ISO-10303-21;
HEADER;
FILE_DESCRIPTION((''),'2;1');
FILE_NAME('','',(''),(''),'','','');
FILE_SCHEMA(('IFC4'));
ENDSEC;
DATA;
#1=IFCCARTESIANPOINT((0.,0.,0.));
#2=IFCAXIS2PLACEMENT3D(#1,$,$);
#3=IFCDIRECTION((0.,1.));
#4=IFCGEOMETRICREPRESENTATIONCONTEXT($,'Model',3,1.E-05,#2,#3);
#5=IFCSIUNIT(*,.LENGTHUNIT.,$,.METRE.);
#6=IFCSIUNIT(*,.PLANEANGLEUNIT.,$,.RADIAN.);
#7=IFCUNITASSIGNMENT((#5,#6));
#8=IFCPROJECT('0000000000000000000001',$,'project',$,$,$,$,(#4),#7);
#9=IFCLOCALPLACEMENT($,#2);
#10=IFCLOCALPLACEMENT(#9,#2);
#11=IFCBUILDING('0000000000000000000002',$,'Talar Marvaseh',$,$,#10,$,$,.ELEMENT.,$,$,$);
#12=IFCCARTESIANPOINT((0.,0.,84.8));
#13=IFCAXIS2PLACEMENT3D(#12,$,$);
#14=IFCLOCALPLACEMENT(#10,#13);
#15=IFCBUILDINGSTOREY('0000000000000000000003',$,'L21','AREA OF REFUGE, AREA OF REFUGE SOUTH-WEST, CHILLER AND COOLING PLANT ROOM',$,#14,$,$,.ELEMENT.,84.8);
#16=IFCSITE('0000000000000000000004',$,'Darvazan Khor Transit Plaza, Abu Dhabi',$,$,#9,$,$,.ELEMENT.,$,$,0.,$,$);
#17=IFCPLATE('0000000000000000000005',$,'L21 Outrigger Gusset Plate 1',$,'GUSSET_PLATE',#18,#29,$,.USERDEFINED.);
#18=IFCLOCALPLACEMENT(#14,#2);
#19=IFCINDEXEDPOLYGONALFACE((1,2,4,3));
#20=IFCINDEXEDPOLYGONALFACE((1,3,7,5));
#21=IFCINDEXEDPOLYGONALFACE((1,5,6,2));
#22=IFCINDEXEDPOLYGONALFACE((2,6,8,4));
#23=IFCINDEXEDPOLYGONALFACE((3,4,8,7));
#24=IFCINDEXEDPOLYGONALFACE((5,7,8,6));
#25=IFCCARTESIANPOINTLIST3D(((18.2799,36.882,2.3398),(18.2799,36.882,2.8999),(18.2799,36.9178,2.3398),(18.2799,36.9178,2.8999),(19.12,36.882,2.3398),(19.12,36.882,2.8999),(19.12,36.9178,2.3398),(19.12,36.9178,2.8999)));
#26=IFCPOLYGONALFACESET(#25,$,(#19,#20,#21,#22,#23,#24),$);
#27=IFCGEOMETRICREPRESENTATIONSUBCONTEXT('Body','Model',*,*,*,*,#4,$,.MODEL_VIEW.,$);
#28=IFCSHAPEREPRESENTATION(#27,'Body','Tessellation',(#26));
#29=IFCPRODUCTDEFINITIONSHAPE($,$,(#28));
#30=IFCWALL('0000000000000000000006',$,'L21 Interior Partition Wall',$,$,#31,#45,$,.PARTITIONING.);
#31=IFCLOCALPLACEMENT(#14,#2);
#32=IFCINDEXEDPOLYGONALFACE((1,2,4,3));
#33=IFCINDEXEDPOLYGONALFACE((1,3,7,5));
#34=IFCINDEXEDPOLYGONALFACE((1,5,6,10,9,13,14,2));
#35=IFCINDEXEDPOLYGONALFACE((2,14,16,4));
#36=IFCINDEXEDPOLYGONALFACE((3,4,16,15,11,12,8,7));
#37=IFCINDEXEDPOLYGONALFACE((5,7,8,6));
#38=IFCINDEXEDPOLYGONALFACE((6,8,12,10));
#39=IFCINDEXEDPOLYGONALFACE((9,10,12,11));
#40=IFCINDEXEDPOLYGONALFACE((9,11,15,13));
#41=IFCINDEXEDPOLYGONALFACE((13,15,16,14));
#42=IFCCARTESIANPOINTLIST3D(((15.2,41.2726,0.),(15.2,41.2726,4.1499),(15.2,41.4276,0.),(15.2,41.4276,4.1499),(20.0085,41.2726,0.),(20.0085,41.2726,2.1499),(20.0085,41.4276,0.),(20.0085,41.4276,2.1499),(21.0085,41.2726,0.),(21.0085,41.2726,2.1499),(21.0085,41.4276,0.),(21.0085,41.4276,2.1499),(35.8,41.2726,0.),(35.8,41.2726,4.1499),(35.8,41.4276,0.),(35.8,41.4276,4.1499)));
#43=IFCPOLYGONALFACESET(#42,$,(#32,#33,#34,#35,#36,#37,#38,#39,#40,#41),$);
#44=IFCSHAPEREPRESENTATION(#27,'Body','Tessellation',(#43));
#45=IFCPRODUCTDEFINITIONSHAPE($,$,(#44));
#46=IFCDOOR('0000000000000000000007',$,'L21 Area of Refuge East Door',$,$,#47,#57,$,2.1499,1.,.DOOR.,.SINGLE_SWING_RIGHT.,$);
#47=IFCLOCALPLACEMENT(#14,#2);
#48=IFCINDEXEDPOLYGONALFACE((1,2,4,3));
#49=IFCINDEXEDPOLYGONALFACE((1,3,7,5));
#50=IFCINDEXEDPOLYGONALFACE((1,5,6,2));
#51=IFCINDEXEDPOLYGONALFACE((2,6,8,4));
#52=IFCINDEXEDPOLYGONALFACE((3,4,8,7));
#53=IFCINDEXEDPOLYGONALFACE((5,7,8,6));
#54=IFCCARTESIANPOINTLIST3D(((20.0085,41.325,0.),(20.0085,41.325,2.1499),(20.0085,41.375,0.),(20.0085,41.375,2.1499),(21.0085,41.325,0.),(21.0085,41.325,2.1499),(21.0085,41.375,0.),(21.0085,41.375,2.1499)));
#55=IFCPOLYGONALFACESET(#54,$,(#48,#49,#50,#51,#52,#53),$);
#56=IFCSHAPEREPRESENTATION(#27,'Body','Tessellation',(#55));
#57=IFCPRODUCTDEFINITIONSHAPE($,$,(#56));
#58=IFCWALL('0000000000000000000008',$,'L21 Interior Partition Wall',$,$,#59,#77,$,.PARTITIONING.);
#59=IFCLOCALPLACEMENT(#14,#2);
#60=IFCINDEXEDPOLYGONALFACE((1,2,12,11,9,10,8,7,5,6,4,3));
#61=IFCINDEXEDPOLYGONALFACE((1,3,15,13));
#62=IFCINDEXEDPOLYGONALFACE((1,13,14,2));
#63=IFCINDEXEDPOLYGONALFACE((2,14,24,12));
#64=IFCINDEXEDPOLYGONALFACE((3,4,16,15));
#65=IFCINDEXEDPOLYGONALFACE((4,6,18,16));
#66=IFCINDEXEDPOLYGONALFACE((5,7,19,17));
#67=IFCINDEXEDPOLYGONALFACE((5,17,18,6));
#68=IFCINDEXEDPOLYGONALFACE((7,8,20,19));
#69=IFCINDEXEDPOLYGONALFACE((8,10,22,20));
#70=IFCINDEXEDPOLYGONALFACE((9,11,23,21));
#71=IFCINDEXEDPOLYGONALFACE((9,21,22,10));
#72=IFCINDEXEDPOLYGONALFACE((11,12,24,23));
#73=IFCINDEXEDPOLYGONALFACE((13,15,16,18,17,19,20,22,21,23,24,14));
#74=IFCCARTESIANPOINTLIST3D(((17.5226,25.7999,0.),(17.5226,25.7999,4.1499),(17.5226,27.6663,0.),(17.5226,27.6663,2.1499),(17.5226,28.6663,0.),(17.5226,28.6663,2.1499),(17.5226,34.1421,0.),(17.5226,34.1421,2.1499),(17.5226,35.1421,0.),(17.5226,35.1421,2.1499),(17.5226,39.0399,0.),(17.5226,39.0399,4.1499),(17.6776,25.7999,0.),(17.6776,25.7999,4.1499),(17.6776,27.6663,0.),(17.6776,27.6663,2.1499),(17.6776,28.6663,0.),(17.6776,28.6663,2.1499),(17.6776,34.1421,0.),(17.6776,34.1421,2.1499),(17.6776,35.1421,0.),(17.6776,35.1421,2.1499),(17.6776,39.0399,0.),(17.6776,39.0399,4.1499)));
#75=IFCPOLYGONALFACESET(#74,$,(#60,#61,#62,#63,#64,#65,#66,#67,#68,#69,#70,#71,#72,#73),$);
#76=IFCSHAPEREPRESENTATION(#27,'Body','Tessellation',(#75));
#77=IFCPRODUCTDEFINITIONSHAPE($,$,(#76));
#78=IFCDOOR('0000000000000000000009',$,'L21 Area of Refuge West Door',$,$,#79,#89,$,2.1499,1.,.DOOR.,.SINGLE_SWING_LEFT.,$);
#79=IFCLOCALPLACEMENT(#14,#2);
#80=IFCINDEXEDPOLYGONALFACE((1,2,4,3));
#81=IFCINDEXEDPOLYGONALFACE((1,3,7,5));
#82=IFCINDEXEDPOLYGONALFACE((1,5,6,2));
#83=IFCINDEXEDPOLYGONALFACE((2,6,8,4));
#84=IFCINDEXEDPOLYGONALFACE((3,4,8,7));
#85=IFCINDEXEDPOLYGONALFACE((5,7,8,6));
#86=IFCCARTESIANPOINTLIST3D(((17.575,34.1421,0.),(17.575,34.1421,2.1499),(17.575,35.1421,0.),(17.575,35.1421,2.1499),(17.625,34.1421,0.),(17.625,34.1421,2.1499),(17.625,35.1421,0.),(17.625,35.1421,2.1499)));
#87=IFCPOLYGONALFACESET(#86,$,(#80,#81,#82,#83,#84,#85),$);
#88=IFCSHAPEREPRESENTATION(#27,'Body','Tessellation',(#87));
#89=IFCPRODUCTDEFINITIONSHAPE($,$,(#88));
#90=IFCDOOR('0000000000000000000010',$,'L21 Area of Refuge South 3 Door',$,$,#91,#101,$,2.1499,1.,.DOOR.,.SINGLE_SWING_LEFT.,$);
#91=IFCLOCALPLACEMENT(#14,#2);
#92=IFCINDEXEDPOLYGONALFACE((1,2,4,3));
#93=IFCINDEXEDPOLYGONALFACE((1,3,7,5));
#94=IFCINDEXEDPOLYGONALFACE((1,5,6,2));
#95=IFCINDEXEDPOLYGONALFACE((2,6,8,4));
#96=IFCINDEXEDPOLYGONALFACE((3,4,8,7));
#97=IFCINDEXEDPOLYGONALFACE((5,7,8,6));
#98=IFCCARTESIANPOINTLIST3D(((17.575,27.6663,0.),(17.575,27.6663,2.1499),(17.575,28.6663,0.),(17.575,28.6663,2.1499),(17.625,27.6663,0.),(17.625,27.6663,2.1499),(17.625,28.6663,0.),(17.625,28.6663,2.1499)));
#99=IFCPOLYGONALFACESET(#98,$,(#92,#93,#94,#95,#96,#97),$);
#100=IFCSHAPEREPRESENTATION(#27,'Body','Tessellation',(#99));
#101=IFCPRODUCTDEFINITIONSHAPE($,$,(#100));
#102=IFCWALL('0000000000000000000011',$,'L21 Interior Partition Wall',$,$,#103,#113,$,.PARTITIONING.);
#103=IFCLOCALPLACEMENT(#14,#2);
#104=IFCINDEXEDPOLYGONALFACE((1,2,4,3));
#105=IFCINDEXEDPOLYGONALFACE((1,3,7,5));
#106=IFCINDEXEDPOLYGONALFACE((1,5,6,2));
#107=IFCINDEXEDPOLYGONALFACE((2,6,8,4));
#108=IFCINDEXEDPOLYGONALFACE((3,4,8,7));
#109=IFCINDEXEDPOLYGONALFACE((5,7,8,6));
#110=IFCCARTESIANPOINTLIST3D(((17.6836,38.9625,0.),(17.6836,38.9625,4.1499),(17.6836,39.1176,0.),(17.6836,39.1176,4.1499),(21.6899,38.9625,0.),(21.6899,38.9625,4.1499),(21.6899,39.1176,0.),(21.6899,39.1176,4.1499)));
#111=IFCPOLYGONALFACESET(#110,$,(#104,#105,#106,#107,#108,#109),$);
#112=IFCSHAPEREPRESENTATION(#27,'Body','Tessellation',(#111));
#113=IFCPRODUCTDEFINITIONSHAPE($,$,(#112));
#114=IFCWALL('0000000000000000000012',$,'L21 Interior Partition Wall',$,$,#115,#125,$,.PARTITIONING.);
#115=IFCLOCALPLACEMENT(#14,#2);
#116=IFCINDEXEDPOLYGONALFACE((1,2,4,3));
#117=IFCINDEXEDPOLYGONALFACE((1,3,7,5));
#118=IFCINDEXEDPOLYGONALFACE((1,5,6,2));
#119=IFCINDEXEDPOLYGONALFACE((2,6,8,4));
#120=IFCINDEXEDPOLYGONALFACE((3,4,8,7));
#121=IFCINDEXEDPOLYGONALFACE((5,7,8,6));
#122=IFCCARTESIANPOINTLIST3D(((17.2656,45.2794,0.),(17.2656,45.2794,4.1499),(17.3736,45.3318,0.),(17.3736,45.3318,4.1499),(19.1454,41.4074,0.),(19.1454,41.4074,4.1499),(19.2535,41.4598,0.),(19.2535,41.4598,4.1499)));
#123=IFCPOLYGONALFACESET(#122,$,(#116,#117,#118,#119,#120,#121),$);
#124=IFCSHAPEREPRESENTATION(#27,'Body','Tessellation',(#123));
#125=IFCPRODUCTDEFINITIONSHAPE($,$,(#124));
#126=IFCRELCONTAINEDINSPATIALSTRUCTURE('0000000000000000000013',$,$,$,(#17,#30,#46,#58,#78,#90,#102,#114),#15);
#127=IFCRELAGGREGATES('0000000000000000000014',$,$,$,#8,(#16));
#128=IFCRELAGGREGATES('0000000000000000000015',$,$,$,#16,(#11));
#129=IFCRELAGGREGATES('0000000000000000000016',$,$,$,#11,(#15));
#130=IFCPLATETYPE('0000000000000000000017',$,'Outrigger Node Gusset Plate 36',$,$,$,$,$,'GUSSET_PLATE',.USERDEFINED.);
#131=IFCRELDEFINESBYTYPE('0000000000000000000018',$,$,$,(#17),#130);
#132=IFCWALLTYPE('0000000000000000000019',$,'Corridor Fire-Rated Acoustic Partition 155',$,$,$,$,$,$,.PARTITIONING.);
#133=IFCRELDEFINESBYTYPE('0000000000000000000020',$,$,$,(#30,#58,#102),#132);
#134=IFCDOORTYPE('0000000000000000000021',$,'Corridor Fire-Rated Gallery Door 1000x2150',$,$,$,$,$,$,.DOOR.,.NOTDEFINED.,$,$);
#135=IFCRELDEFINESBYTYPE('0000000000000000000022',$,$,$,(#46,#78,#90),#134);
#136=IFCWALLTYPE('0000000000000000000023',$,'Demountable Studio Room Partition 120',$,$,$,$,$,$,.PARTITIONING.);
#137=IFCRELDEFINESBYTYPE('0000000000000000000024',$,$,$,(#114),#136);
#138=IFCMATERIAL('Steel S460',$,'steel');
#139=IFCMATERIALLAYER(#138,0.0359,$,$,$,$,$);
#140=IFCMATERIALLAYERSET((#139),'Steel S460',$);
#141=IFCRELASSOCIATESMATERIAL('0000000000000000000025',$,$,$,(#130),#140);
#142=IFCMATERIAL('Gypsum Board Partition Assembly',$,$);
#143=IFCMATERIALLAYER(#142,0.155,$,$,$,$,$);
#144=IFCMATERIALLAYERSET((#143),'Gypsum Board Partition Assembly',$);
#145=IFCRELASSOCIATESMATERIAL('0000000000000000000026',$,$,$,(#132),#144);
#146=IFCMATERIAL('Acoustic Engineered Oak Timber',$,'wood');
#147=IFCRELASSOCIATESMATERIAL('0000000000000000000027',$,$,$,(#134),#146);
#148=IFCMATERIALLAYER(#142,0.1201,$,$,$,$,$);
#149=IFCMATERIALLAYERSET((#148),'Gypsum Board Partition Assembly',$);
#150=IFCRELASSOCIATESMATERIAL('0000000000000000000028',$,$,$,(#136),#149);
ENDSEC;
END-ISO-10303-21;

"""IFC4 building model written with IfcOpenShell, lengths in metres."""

from ifc_helpers import new_model, si_unit, direction, frame, frame_2d, origin, origin_2d, place, context, subcontext, project, spatial, rectangle, extrude, source, transform, mapped, material, layer, layer_set, type_object, type_shapes, element, fill, save


model = new_model("IFC4")

# Units and contexts
model_context = context("Model", 3, precision=1e-05, world=origin(), true_north=direction((0.0, 1.0)))
body_context = subcontext(model_context, "Body", "Model", "MODEL_VIEW")
ifc_project = project(units=[si_unit("LENGTHUNIT", "METRE"), si_unit("PLANEANGLEUNIT", "RADIAN")], contexts=[model_context])

# Site, building, storey
site_placement = place(None, origin())
site = spatial("IfcSite", under=ifc_project, at=site_placement, Name="Darvazan Khor Transit Plaza, Abu Dhabi", CompositionType="ELEMENT", RefElevation=0.0)
building_placement = place(site_placement, origin())
building = spatial("IfcBuilding", under=site, at=building_placement, Name="Talar Marvaseh", CompositionType="ELEMENT")
storey_placement = place(building_placement, frame((0.0, 0.0, 84.8)))
storey = spatial("IfcBuildingStorey", under=building, at=storey_placement, Name="L21", Description="AREA OF REFUGE, AREA OF REFUGE SOUTH-WEST, CHILLER AND COOLING PLANT ROOM", CompositionType="ELEMENT", Elevation=84.8)

# Shared definitions
ifc_material_1 = material(Name="Steel S460", Category="steel")

# Plate
ifc_layer_1 = layer(ifc_material_1, 0.0359)
ifc_layer_set_1 = layer_set([ifc_layer_1], Name="Steel S460")
plate_type_1 = type_object("IfcPlateType", Name="Outrigger Node Gusset Plate 36", ElementType="GUSSET_PLATE", PredefinedType="USERDEFINED", material=ifc_layer_set_1)
shared_shape_1 = source(origin(), body_context, "Body", "SweptSolid", [
    extrude(rectangle(XDim=0.8401, YDim=0.0359, at=origin_2d()), origin(), (0.0, 0.0, 1.0), 0.5601),
])
type_shapes(plate_type_1, [shared_shape_1])
plate_placement = place(storey_placement, frame((18.7, 36.8999, 2.3398), z_axis=(0.0, 0.0, 1.0), x_axis=(1.0, 0.0, 0.0)))
element("IfcPlate", 1, at=plate_placement, inside=storey, type_object=plate_type_1, Name="L21 Outrigger Gusset Plate 1", ObjectType="GUSSET_PLATE", PredefinedType="USERDEFINED", context=body_context, shape_type="MappedRepresentation", body=[
    mapped(shared_shape_1, transform((0.0, 0.0, 0.0), x_axis=(1.0, 0.0, 0.0), y_axis=(0.0, 1.0, 0.0), z_axis=(0.0, 0.0, 1.0), scale=1.0)),
])

# Wall, opening, door
ifc_material_2 = material(Name="Gypsum Board Partition Assembly")
ifc_layer_2 = layer(ifc_material_2, 0.155)
ifc_layer_set_2 = layer_set([ifc_layer_2], Name="Gypsum Board Partition Assembly")
wall_type_1 = type_object("IfcWallType", Name="Corridor Fire-Rated Acoustic Partition 155", PredefinedType="PARTITIONING", material=ifc_layer_set_2)
wall_1_placement = place(storey_placement, frame((15.2, 41.3501, 0.0), z_axis=(0.0, 0.0, 1.0), x_axis=(1.0, 0.0, 0.0)))
wall_1 = element("IfcWall", 2, at=wall_1_placement, inside=storey, type_object=wall_type_1, Name="L21 Interior Partition Wall", PredefinedType="PARTITIONING", context=body_context, shape_type="SweptSolid", body=[
    extrude(rectangle(XDim=20.6001, YDim=0.155, at=frame_2d((10.3, 0.0))), origin(), (0.0, 0.0, 1.0), 4.1499),
])
opening_1_placement = place(wall_1_placement, frame((4.8086, 0.0, 0.0)))
opening_1 = element("IfcOpeningElement", 3, at=opening_1_placement, cuts=wall_1, PredefinedType="OPENING", context=body_context, shape_type="SweptSolid", body=[
    extrude(rectangle(XDim=1.0, YDim=2.1499, at=frame_2d((0.5, 1.075))), frame((0.0, 0.0874, 0.0), z_axis=(0.0, -1.0, 0.0), x_axis=(1.0, 0.0, 0.0)), (0.0, 0.0, 1.0), 0.175),
])
ifc_material_3 = material(Name="Acoustic Engineered Oak Timber", Category="wood")
door_type_1 = type_object("IfcDoorType", Name="Corridor Fire-Rated Gallery Door 1000x2150", OperationType="NOTDEFINED", PredefinedType="DOOR", material=ifc_material_3)
shared_shape_2 = source(origin(), body_context, "Body", "SweptSolid", [
    extrude(rectangle(XDim=1.0, YDim=2.1499, at=frame_2d((0.5, 1.075))), frame((0.0, 0.0249, 0.0), z_axis=(0.0, -1.0, 0.0), x_axis=(1.0, 0.0, 0.0)), (0.0, 0.0, 1.0), 0.05),
])
type_shapes(door_type_1, [shared_shape_2])
door_1_placement = place(opening_1_placement, origin())
door_1 = element("IfcDoor", 4, at=door_1_placement, inside=storey, type_object=door_type_1, Name="L21 Area of Refuge East Door", OperationType="SINGLE_SWING_RIGHT", OverallHeight=2.1499, OverallWidth=1.0, PredefinedType="DOOR", context=body_context, shape_type="MappedRepresentation", body=[
    mapped(shared_shape_2, transform((0.0, 0.0, 0.0), x_axis=(1.0, 0.0, 0.0), y_axis=(0.0, 1.0, 0.0), z_axis=(0.0, 0.0, 1.0), scale=1.0)),
])
fill(opening_1, door_1)

# Wall, openings, doors
wall_2_placement = place(storey_placement, frame((17.6001, 39.04, 0.0), z_axis=(0.0, 0.0, 1.0), x_axis=(0.0, -1.0, 0.0)))
wall_2 = element("IfcWall", 5, at=wall_2_placement, inside=storey, type_object=wall_type_1, Name="L21 Interior Partition Wall", PredefinedType="PARTITIONING", context=body_context, shape_type="SweptSolid", body=[
    extrude(rectangle(XDim=13.24, YDim=0.155, at=frame_2d((6.6201, 0.0))), origin(), (0.0, 0.0, 1.0), 4.1499),
])
opening_2_placement = place(wall_2_placement, frame((3.8979, 0.0, 0.0)))
opening_2 = element("IfcOpeningElement", 6, at=opening_2_placement, cuts=wall_2, PredefinedType="OPENING", context=body_context, shape_type="SweptSolid", body=[
    extrude(rectangle(XDim=1.0, YDim=2.1499, at=frame_2d((0.5, 1.075))), frame((0.0, 0.0874, 0.0), z_axis=(0.0, -1.0, 0.0), x_axis=(1.0, 0.0, 0.0)), (0.0, 0.0, 1.0), 0.175),
])
opening_3_placement = place(wall_2_placement, frame((10.3738, 0.0, 0.0)))
opening_3 = element("IfcOpeningElement", 7, at=opening_3_placement, cuts=wall_2, PredefinedType="OPENING", context=body_context, shape_type="SweptSolid", body=[
    extrude(rectangle(XDim=1.0, YDim=2.1499, at=frame_2d((0.5, 1.075))), frame((0.0, 0.0874, 0.0), z_axis=(0.0, -1.0, 0.0), x_axis=(1.0, 0.0, 0.0)), (0.0, 0.0, 1.0), 0.175),
])
door_2_placement = place(opening_2_placement, origin())
door_2 = element("IfcDoor", 8, at=door_2_placement, inside=storey, type_object=door_type_1, Name="L21 Area of Refuge West Door", OperationType="SINGLE_SWING_LEFT", OverallHeight=2.1499, OverallWidth=1.0, PredefinedType="DOOR", context=body_context, shape_type="MappedRepresentation", body=[
    mapped(shared_shape_2, transform((0.0, 0.0, 0.0), x_axis=(1.0, 0.0, 0.0), y_axis=(0.0, 1.0, 0.0), z_axis=(0.0, 0.0, 1.0), scale=1.0)),
])
fill(opening_2, door_2)
door_3_placement = place(opening_3_placement, origin())
door_3 = element("IfcDoor", 9, at=door_3_placement, inside=storey, type_object=door_type_1, Name="L21 Area of Refuge South 3 Door", OperationType="SINGLE_SWING_LEFT", OverallHeight=2.1499, OverallWidth=1.0, PredefinedType="DOOR", context=body_context, shape_type="MappedRepresentation", body=[
    mapped(shared_shape_2, transform((0.0, 0.0, 0.0), x_axis=(1.0, 0.0, 0.0), y_axis=(0.0, 1.0, 0.0), z_axis=(0.0, 0.0, 1.0), scale=1.0)),
])
fill(opening_3, door_3)

# Walls
wall_3_placement = place(storey_placement, frame((21.6899, 39.04, 0.0), z_axis=(0.0, 0.0, 1.0), x_axis=(-1.0, 0.0, 0.0)))
element("IfcWall", 10, at=wall_3_placement, inside=storey, type_object=wall_type_1, Name="L21 Interior Partition Wall", PredefinedType="PARTITIONING", context=body_context, shape_type="SweptSolid", body=[
    extrude(rectangle(XDim=4.0063, YDim=0.155, at=frame_2d((2.0032, 0.0))), origin(), (0.0, 0.0, 1.0), 4.1499),
])
ifc_layer_3 = layer(ifc_material_2, 0.1201)
ifc_layer_set_3 = layer_set([ifc_layer_3], Name="Gypsum Board Partition Assembly")
wall_type_2 = type_object("IfcWallType", Name="Demountable Studio Room Partition 120", PredefinedType="PARTITIONING", material=ifc_layer_set_3)
wall_4_placement = place(storey_placement, frame((19.1995, 41.4336, 0.0), z_axis=(0.0, 0.0, 1.0), x_axis=(-0.436747, 0.899585, 0.0)))
element("IfcWall", 11, at=wall_4_placement, inside=storey, type_object=wall_type_2, Name="L21 Interior Partition Wall", PredefinedType="PARTITIONING", context=body_context, shape_type="SweptSolid", body=[
    extrude(rectangle(XDim=4.3042, YDim=0.1201, at=frame_2d((2.1521, 0.0))), origin(), (0.0, 0.0, 1.0), 4.1499),
])

save(model, "model.ifc")
